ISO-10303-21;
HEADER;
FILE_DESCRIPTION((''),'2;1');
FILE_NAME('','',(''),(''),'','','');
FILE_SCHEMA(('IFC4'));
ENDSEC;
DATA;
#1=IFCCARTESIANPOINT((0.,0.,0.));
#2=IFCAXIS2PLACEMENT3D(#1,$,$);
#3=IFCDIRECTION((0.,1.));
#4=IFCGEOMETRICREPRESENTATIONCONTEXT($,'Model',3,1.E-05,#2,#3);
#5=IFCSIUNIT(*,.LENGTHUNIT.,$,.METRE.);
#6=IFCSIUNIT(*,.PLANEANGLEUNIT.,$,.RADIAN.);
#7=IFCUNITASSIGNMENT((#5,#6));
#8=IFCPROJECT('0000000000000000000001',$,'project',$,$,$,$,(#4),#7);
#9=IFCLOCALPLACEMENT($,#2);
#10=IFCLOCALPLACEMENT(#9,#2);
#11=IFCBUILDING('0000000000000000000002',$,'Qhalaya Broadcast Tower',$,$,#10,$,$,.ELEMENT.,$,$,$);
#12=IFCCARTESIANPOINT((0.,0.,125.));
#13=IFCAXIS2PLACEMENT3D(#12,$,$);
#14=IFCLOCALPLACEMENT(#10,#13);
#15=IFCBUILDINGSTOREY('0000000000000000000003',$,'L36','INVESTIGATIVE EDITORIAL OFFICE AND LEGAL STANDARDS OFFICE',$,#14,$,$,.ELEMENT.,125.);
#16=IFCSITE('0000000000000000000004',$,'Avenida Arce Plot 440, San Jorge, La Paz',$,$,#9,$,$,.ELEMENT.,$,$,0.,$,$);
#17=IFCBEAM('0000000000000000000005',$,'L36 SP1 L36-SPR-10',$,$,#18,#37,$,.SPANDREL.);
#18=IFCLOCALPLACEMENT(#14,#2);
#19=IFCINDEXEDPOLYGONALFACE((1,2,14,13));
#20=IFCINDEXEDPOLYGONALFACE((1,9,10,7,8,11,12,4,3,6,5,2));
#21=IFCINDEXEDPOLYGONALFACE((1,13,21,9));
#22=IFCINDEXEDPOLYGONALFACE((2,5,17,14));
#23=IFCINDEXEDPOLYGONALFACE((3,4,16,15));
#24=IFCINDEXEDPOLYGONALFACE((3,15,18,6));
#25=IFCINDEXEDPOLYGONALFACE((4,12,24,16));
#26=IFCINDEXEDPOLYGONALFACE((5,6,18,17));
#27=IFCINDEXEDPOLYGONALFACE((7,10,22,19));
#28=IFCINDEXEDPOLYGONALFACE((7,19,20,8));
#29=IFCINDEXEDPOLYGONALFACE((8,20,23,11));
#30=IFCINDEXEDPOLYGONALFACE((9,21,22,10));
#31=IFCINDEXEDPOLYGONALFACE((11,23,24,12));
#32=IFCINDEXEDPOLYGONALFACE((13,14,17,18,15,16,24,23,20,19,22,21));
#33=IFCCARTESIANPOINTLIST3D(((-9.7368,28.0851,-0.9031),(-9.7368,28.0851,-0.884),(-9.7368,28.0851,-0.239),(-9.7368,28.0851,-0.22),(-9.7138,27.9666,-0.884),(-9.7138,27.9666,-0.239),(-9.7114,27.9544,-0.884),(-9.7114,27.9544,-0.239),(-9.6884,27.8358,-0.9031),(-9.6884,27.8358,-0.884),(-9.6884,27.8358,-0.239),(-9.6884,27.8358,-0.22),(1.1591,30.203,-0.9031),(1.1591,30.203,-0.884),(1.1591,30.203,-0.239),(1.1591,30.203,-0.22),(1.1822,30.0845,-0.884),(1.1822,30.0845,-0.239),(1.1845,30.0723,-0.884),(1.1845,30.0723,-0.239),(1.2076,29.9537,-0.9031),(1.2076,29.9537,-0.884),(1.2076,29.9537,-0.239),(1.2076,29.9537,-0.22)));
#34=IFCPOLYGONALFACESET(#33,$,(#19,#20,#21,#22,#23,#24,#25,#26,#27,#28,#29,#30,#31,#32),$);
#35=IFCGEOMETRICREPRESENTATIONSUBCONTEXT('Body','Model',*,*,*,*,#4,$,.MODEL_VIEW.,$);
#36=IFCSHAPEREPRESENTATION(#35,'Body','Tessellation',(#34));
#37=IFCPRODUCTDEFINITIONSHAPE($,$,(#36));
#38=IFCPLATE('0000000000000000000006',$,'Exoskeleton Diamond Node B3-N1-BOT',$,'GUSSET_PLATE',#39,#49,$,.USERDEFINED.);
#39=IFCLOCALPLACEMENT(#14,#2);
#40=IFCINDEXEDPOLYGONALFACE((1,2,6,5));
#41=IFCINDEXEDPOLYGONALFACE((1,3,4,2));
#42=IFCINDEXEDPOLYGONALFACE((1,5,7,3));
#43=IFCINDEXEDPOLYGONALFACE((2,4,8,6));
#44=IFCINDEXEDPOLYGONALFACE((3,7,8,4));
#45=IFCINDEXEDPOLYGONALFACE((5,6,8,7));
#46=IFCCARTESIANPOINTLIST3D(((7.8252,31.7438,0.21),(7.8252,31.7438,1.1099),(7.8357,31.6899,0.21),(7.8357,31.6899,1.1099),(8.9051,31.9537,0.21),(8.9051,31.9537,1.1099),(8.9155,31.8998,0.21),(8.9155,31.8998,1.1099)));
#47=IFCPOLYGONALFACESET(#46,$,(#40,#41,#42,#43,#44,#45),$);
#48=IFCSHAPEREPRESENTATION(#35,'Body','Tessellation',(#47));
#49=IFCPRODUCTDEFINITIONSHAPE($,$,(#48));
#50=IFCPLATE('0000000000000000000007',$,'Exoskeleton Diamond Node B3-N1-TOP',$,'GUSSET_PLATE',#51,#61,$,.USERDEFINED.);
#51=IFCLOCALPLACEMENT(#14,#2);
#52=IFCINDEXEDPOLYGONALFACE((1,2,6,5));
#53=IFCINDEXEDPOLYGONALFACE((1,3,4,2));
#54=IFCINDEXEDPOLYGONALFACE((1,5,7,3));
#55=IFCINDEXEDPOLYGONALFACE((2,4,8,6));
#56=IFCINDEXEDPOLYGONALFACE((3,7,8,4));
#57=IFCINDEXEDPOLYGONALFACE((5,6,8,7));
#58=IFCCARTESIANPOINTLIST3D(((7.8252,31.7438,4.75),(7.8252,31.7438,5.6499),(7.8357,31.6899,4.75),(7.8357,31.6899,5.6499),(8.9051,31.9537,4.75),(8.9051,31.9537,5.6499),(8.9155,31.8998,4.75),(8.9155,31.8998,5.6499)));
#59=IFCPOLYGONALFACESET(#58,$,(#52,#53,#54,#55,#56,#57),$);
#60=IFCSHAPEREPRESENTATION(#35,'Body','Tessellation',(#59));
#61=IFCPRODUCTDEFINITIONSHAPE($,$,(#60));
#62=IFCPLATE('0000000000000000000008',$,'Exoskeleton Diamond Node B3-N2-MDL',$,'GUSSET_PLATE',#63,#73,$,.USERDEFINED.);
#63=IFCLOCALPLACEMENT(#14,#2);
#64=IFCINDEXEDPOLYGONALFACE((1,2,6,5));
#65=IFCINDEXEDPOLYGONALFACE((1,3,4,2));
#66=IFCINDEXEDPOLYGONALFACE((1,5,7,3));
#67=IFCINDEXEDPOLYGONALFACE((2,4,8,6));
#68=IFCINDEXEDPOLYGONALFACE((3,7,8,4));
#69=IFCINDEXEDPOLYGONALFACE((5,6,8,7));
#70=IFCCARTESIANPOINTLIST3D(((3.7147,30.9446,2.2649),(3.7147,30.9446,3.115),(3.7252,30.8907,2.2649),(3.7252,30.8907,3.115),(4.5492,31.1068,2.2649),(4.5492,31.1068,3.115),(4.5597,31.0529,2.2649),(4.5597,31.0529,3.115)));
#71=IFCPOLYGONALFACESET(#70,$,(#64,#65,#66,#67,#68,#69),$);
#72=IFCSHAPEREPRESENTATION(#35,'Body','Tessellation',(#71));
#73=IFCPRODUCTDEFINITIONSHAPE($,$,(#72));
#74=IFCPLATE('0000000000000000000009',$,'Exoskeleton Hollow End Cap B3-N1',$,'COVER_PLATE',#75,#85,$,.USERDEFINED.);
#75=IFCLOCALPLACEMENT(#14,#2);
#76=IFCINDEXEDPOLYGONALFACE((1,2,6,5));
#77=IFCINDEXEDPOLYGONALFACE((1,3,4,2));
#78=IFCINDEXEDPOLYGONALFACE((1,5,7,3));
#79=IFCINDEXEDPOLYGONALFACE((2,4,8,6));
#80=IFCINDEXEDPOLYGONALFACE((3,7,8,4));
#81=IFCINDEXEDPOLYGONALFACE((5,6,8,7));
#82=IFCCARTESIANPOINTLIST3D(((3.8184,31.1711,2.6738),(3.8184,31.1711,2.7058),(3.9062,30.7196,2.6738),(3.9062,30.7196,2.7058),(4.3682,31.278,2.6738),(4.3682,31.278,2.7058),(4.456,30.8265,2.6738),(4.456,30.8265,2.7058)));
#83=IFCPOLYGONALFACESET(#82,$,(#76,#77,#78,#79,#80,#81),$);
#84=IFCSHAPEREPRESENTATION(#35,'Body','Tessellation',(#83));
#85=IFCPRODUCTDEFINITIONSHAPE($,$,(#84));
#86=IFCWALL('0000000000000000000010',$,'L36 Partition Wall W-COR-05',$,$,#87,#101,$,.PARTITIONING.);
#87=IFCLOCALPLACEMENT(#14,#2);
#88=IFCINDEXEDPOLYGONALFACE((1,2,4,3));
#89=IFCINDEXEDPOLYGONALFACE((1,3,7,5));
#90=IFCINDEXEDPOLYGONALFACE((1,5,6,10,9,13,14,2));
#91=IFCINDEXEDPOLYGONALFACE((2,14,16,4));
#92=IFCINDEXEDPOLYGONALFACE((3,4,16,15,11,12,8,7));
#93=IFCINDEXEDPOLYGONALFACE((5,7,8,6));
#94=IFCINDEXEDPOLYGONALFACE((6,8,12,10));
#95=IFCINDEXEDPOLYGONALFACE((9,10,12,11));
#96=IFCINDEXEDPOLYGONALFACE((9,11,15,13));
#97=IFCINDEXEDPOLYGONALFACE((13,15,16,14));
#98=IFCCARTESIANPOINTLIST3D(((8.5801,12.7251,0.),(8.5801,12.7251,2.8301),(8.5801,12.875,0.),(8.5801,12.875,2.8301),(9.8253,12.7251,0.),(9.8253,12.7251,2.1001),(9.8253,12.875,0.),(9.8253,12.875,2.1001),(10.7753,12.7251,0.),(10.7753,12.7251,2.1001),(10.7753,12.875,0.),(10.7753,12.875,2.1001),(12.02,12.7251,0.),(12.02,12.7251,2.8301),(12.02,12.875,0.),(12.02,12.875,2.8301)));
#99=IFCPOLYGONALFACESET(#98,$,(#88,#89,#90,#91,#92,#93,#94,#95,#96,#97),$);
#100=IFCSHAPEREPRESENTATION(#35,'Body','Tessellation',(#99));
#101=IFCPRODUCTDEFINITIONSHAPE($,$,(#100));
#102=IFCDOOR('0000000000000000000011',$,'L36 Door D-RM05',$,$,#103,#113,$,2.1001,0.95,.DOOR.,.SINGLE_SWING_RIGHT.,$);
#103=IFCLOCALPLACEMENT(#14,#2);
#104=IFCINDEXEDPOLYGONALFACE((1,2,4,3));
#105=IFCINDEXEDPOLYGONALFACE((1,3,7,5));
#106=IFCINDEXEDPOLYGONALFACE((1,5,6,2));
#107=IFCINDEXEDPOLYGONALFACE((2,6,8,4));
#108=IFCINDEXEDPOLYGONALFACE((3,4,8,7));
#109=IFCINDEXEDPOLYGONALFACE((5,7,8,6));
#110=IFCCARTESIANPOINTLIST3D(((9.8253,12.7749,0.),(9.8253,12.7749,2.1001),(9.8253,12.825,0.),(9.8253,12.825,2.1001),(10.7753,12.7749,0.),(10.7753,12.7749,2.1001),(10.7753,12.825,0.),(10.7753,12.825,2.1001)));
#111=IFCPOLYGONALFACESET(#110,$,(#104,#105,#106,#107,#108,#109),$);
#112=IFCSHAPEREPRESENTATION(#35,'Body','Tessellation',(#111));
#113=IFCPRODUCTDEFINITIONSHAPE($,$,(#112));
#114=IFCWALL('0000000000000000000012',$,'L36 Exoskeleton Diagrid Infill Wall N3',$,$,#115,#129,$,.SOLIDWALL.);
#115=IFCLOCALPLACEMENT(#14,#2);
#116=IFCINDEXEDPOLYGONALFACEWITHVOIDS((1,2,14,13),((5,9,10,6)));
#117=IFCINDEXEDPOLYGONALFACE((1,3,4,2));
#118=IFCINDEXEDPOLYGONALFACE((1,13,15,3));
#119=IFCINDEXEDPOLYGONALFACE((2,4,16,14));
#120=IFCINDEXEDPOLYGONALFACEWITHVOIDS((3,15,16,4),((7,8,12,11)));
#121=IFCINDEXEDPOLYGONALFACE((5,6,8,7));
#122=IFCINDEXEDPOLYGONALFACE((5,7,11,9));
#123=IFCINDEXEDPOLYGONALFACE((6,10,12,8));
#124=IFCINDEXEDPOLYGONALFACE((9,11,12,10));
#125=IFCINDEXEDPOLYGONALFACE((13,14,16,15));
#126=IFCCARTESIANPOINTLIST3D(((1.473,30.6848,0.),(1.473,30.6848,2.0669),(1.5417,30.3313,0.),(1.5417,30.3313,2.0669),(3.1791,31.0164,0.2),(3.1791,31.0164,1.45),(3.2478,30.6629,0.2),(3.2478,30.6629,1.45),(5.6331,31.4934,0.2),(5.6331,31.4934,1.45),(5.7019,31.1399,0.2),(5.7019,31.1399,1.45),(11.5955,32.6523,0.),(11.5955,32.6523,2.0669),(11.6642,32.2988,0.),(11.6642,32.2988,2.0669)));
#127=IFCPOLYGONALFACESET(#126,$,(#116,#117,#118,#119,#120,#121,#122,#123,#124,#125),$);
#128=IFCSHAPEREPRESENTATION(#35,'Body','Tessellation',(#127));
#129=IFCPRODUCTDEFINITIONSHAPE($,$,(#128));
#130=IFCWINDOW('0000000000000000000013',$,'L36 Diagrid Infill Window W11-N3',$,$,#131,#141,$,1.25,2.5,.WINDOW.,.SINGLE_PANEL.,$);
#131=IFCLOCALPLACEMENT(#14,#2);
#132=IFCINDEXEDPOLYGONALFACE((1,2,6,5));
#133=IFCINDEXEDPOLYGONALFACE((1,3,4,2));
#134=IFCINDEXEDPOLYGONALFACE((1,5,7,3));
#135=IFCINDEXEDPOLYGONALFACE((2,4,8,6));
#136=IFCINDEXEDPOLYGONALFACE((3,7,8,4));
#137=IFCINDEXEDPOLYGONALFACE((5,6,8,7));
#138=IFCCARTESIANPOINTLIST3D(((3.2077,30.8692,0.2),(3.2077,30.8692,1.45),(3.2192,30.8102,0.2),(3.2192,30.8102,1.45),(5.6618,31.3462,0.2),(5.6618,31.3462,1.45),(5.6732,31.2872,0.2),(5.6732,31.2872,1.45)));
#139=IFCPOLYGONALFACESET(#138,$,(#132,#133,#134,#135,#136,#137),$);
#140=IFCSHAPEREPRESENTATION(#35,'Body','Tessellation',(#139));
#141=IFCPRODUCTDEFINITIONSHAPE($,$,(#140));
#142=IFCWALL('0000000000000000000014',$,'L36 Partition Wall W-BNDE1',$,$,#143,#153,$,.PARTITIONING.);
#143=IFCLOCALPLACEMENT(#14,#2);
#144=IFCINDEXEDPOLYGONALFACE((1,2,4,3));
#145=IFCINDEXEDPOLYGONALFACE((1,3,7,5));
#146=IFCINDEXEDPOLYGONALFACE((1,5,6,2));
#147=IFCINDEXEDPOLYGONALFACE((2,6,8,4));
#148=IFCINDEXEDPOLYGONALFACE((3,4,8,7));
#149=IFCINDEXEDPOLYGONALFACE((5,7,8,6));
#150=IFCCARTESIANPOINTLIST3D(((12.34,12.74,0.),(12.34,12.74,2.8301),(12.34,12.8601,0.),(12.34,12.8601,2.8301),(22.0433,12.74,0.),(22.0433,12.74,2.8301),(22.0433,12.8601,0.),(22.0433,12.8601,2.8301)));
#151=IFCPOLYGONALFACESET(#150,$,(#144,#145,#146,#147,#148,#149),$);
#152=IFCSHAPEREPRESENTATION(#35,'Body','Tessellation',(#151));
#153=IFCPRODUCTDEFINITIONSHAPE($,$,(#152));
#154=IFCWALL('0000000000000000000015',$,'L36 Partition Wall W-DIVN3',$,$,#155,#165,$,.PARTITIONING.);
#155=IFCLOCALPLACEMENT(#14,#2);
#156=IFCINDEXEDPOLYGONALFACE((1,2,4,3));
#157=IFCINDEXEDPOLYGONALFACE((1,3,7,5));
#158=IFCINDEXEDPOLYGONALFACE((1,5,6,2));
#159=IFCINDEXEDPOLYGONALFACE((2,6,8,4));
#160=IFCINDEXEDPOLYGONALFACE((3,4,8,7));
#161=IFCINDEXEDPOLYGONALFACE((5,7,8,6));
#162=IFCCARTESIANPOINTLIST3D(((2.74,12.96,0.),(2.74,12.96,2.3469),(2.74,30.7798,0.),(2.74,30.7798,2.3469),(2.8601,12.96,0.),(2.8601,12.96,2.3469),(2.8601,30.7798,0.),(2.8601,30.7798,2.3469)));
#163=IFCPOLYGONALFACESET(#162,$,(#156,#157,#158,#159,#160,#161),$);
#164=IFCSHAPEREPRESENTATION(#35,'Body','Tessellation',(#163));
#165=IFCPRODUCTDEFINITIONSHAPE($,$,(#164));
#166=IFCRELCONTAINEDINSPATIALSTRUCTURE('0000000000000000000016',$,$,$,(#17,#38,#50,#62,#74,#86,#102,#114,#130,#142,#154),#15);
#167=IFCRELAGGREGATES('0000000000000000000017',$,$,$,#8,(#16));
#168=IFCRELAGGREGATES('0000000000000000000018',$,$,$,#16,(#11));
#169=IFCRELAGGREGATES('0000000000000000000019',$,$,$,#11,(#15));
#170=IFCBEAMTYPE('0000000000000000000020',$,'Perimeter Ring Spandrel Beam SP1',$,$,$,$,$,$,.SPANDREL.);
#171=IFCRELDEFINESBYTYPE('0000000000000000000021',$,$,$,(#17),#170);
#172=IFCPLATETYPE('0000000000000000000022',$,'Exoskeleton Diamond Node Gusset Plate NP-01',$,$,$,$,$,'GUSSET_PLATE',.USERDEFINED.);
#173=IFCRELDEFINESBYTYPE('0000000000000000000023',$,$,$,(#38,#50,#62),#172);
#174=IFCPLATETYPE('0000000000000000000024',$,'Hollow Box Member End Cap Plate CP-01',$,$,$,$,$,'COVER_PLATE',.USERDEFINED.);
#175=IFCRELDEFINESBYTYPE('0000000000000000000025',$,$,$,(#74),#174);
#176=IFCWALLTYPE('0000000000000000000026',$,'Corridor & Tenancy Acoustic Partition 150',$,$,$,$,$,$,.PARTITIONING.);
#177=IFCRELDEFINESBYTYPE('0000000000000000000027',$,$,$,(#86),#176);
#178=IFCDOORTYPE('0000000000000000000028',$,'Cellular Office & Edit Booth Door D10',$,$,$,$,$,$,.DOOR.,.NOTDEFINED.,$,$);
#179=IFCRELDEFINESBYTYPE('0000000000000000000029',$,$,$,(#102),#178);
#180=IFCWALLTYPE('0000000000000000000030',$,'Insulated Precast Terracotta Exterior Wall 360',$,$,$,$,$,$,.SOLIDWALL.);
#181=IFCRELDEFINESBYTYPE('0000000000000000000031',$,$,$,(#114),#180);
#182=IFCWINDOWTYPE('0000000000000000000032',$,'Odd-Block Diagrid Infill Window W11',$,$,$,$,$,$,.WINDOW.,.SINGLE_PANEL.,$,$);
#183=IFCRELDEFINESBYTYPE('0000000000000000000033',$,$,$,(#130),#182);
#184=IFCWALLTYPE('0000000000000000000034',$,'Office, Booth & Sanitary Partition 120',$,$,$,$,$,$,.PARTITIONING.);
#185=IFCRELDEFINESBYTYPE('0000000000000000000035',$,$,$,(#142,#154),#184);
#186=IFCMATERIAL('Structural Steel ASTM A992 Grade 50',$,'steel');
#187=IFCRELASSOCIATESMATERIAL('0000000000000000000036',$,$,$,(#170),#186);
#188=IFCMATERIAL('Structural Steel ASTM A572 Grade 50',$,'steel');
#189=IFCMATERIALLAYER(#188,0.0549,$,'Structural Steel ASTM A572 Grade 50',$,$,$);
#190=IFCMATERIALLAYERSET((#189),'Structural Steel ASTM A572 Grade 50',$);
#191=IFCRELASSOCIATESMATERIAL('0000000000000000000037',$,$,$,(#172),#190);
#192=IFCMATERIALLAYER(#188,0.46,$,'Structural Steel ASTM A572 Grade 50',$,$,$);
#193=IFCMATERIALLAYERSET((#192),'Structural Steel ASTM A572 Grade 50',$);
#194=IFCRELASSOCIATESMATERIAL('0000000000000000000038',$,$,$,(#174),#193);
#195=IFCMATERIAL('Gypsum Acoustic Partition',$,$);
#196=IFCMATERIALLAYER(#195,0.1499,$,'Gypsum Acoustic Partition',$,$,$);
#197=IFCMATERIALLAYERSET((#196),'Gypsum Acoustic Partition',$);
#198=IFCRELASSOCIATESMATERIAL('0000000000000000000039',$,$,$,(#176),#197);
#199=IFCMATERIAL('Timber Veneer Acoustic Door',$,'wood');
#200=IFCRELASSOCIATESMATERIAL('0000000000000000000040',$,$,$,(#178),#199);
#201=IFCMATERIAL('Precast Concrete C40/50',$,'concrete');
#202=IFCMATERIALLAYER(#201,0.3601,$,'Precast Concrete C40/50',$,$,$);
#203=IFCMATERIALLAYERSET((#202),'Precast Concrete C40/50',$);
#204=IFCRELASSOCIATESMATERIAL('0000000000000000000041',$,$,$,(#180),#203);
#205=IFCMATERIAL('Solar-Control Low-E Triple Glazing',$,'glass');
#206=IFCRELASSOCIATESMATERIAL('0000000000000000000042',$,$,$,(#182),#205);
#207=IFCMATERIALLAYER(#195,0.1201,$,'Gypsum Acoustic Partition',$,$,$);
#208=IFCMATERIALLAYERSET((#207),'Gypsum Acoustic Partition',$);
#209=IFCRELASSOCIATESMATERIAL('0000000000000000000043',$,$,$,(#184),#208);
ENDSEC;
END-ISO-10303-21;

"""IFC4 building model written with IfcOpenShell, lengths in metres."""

from ifc_helpers import new_model, si_unit, direction, frame, frame_2d, origin, origin_2d, place, context, subcontext, project, spatial, rectangle, i_section, extrude, material, layer, layer_set, material_profile, profile_set, type_object, element, fill, save


model = new_model("IFC4")

# Units and contexts
model_context = context("Model", 3, precision=1e-05, world=origin(), true_north=direction((0.0, 1.0)))
body_context = subcontext(model_context, "Body", "Model", "MODEL_VIEW")
ifc_project = project(units=[si_unit("LENGTHUNIT", "METRE"), si_unit("PLANEANGLEUNIT", "RADIAN")], contexts=[model_context])

# Site, building, storey
site_placement = place(None, origin())
site = spatial("IfcSite", under=ifc_project, at=site_placement, Name="Avenida Arce Plot 440, San Jorge, La Paz", CompositionType="ELEMENT", RefElevation=0.0)
building_placement = place(site_placement, origin())
building = spatial("IfcBuilding", under=site, at=building_placement, Name="Qhalaya Broadcast Tower", CompositionType="ELEMENT")
storey_placement = place(building_placement, frame((0.0, 0.0, 125.0)))
storey = spatial("IfcBuildingStorey", under=building, at=storey_placement, Name="L36", Description="INVESTIGATIVE EDITORIAL OFFICE AND LEGAL STANDARDS OFFICE", CompositionType="ELEMENT", Elevation=125.0)

# Shared definitions
ifc_material_1 = material(Name="Structural Steel ASTM A572 Grade 50", Category="steel")

# Shared definitions
ifc_material_2 = material(Name="Structural Steel ASTM A992 Grade 50", Category="steel")

# Beam
ifc_material_profile_1 = material_profile(ifc_material_2, i_section(OverallWidth=0.2539, OverallDepth=0.6831, WebThickness=0.0125, FlangeThickness=0.019, at=origin_2d()), Name="W27X94")
ifc_profile_set_1 = profile_set([ifc_material_profile_1], Name="Structural Steel ASTM A992 Grade 50")
beam_type_1 = type_object("IfcBeamType", Name="Perimeter Ring Spandrel Beam SP1", PredefinedType="SPANDREL", material=ifc_profile_set_1)
beam_1_placement = place(storey_placement, frame((1.1833, 30.0784, -0.5615), z_axis=(-0.981628, -0.190805, 0.0), x_axis=(0.190805, -0.981628, 0.0)))
element("IfcBeam", 1, at=beam_1_placement, inside=storey, type_object=beam_type_1, Name="L36 SP1 L36-SPR-10", PredefinedType="SPANDREL", context=body_context, shape_type="SweptSolid", body=[
    extrude(i_section(OverallWidth=0.2539, OverallDepth=0.6831, WebThickness=0.0125, FlangeThickness=0.019, at=origin_2d()), origin(), (0.0, 0.0, 1.0), 11.0999),
])

# Plates
ifc_layer_1 = layer(ifc_material_1, 0.0549, Name="Structural Steel ASTM A572 Grade 50")
ifc_layer_set_1 = layer_set([ifc_layer_1], Name="Structural Steel ASTM A572 Grade 50")
plate_type_1 = type_object("IfcPlateType", Name="Exoskeleton Diamond Node Gusset Plate NP-01", ElementType="GUSSET_PLATE", PredefinedType="USERDEFINED", material=ifc_layer_set_1)
for number, where, z_axis, x_axis, name in (
    (2, (8.3704, 31.8218, 0.21), (0.0, 0.0, 1.0), (0.981627, 0.190809, 0.0), "Exoskeleton Diamond Node B3-N1-BOT"),
    (3, (8.3704, 31.8218, 4.75), (0.0, 0.0, 1.0), (0.981627, 0.190809, 0.0), "Exoskeleton Diamond Node B3-N1-TOP"),
):
    element("IfcPlate", number, at=place(storey_placement, frame(where, z_axis=z_axis, x_axis=x_axis)), inside=storey, type_object=plate_type_1, Name=name, ObjectType="GUSSET_PLATE", PredefinedType="USERDEFINED", context=body_context, shape_type="SweptSolid", body=[
        extrude(rectangle(XDim=1.1001, YDim=0.0549, at=origin_2d()), origin(), (0.0, 0.0, 1.0), 0.8999),
    ])
plate_1_placement = place(storey_placement, frame((4.1372, 30.9988, 2.2649), z_axis=(0.0, 0.0, 1.0), x_axis=(0.981627, 0.190809, 0.0)))
element("IfcPlate", 4, at=plate_1_placement, inside=storey, type_object=plate_type_1, Name="Exoskeleton Diamond Node B3-N2-MDL", ObjectType="GUSSET_PLATE", PredefinedType="USERDEFINED", context=body_context, shape_type="SweptSolid", body=[
    extrude(rectangle(XDim=0.8501, YDim=0.0549, at=origin_2d()), origin(), (0.0, 0.0, 1.0), 0.8501),
])
ifc_layer_2 = layer(ifc_material_1, 0.46, Name="Structural Steel ASTM A572 Grade 50")
ifc_layer_set_2 = layer_set([ifc_layer_2], Name="Structural Steel ASTM A572 Grade 50")
plate_type_2 = type_object("IfcPlateType", Name="Hollow Box Member End Cap Plate CP-01", ElementType="COVER_PLATE", PredefinedType="USERDEFINED", material=ifc_layer_set_2)
plate_2_placement = place(storey_placement, frame((4.1372, 30.9988, 2.6738), z_axis=(0.0, 0.0, 1.0), x_axis=(0.981627, 0.190809, 0.0)))
element("IfcPlate", 5, at=plate_2_placement, inside=storey, type_object=plate_type_2, Name="Exoskeleton Hollow End Cap B3-N1", ObjectType="COVER_PLATE", PredefinedType="USERDEFINED", context=body_context, shape_type="SweptSolid", body=[
    extrude(rectangle(XDim=0.5601, YDim=0.46, at=origin_2d()), origin(), (0.0, 0.0, 1.0), 0.032),
])

# Wall, opening, door
ifc_material_3 = material(Name="Gypsum Acoustic Partition")
ifc_layer_3 = layer(ifc_material_3, 0.1499, Name="Gypsum Acoustic Partition")
ifc_layer_set_3 = layer_set([ifc_layer_3], Name="Gypsum Acoustic Partition")
wall_type_1 = type_object("IfcWallType", Name="Corridor & Tenancy Acoustic Partition 150", PredefinedType="PARTITIONING", material=ifc_layer_set_3)
wall_1_placement = place(storey_placement, frame((8.5801, 12.8, 0.0), z_axis=(0.0, 0.0, 1.0), x_axis=(1.0, 0.0, 0.0)))
wall_1 = element("IfcWall", 6, at=wall_1_placement, inside=storey, type_object=wall_type_1, Name="L36 Partition Wall W-COR-05", PredefinedType="PARTITIONING", context=body_context, shape_type="SweptSolid", body=[
    extrude(rectangle(XDim=3.4399, YDim=0.1499, at=frame_2d((1.72, 0.0))), origin(), (0.0, 0.0, 1.0), 2.8301),
])
opening_1_placement = place(wall_1_placement, frame((1.2451, 0.0, 0.0)))
opening_1 = element("IfcOpeningElement", 7, at=opening_1_placement, cuts=wall_1, PredefinedType="OPENING", context=body_context, shape_type="SweptSolid", body=[
    extrude(rectangle(XDim=0.95, YDim=2.1001, at=frame_2d((0.4751, 1.05))), frame((0.0, 0.0869, 0.0), z_axis=(0.0, -1.0, 0.0), x_axis=(1.0, 0.0, 0.0)), (0.0, 0.0, 1.0), 0.1738),
])
ifc_material_4 = material(Name="Timber Veneer Acoustic Door", Category="wood")
door_type = type_object("IfcDoorType", Name="Cellular Office & Edit Booth Door D10", OperationType="NOTDEFINED", PredefinedType="DOOR", material=ifc_material_4)
door_placement = place(opening_1_placement, origin())
door = element("IfcDoor", 8, at=door_placement, inside=storey, type_object=door_type, Name="L36 Door D-RM05", OperationType="SINGLE_SWING_RIGHT", OverallHeight=2.1001, OverallWidth=0.95, PredefinedType="DOOR", context=body_context, shape_type="SweptSolid", body=[
    extrude(rectangle(XDim=0.95, YDim=2.1001, at=frame_2d((0.4751, 1.05))), frame((0.0, 0.0249, 0.0), z_axis=(0.0, -1.0, 0.0), x_axis=(1.0, 0.0, 0.0)), (0.0, 0.0, 1.0), 0.05),
])
fill(opening_1, door)

# Wall, opening, window
ifc_material_5 = material(Name="Precast Concrete C40/50", Category="concrete")
ifc_layer_4 = layer(ifc_material_5, 0.3601, Name="Precast Concrete C40/50")
ifc_layer_set_4 = layer_set([ifc_layer_4], Name="Precast Concrete C40/50")
wall_type_2 = type_object("IfcWallType", Name="Insulated Precast Terracotta Exterior Wall 360", PredefinedType="SOLIDWALL", material=ifc_layer_set_4)
wall_2_placement = place(storey_placement, frame((1.5073, 30.5081, 0.0), z_axis=(0.0, 0.0, 1.0), x_axis=(0.981629, 0.1908, 0.0)))
wall_2 = element("IfcWall", 9, at=wall_2_placement, inside=storey, type_object=wall_type_2, Name="L36 Exoskeleton Diagrid Infill Wall N3", PredefinedType="SOLIDWALL", context=body_context, shape_type="SweptSolid", body=[
    extrude(rectangle(XDim=10.312, YDim=0.3601, at=frame_2d((5.156, 0.0))), origin(), (0.0, 0.0, 1.0), 2.0669),
])
opening_2_placement = place(wall_2_placement, frame((1.738, 0.0, 0.2)))
opening_2 = element("IfcOpeningElement", 10, at=opening_2_placement, cuts=wall_2, PredefinedType="OPENING", context=body_context, shape_type="SweptSolid", body=[
    extrude(rectangle(XDim=2.5, YDim=1.25, at=frame_2d((1.25, 0.625))), frame((0.0, 0.1921, 0.0), z_axis=(0.0, -1.0, 0.0), x_axis=(1.0, 0.0, 0.0)), (0.0, 0.0, 1.0), 0.384),
])
ifc_material_6 = material(Name="Solar-Control Low-E Triple Glazing", Category="glass")
window_type = type_object("IfcWindowType", Name="Odd-Block Diagrid Infill Window W11", PartitioningType="SINGLE_PANEL", PredefinedType="WINDOW", material=ifc_material_6)
window_placement = place(opening_2_placement, origin())
window = element("IfcWindow", 11, at=window_placement, inside=storey, type_object=window_type, Name="L36 Diagrid Infill Window W11-N3", OverallHeight=1.25, OverallWidth=2.5, PartitioningType="SINGLE_PANEL", PredefinedType="WINDOW", context=body_context, shape_type="SweptSolid", body=[
    extrude(rectangle(XDim=2.5, YDim=1.25, at=frame_2d((1.25, 0.625))), frame((0.0, 0.03, 0.0), z_axis=(0.0, -1.0, 0.0), x_axis=(1.0, 0.0, 0.0)), (0.0, 0.0, 1.0), 0.0601),
])
fill(opening_2, window)

# Walls
ifc_layer_5 = layer(ifc_material_3, 0.1201, Name="Gypsum Acoustic Partition")
ifc_layer_set_5 = layer_set([ifc_layer_5], Name="Gypsum Acoustic Partition")
wall_type_3 = type_object("IfcWallType", Name="Office, Booth & Sanitary Partition 120", PredefinedType="PARTITIONING", material=ifc_layer_set_5)
wall_3_placement = place(storey_placement, frame((12.3401, 12.8, 0.0), z_axis=(0.0, 0.0, 1.0), x_axis=(1.0, 0.0, 0.0)))
element("IfcWall", 12, at=wall_3_placement, inside=storey, type_object=wall_type_3, Name="L36 Partition Wall W-BNDE1", PredefinedType="PARTITIONING", context=body_context, shape_type="SweptSolid", body=[
    extrude(rectangle(XDim=9.7034, YDim=0.1201, at=frame_2d((4.8516, 0.0))), origin(), (0.0, 0.0, 1.0), 2.8301),
])
wall_4_placement = place(storey_placement, frame((2.8, 12.96, 0.0), z_axis=(0.0, 0.0, 1.0), x_axis=(0.0, 1.0, 0.0)))
element("IfcWall", 13, at=wall_4_placement, inside=storey, type_object=wall_type_3, Name="L36 Partition Wall W-DIVN3", PredefinedType="PARTITIONING", context=body_context, shape_type="SweptSolid", body=[
    extrude(rectangle(XDim=17.8198, YDim=0.1201, at=frame_2d((8.9099, 0.0))), origin(), (0.0, 0.0, 1.0), 2.3469),
])

save(model, "model.ifc")
